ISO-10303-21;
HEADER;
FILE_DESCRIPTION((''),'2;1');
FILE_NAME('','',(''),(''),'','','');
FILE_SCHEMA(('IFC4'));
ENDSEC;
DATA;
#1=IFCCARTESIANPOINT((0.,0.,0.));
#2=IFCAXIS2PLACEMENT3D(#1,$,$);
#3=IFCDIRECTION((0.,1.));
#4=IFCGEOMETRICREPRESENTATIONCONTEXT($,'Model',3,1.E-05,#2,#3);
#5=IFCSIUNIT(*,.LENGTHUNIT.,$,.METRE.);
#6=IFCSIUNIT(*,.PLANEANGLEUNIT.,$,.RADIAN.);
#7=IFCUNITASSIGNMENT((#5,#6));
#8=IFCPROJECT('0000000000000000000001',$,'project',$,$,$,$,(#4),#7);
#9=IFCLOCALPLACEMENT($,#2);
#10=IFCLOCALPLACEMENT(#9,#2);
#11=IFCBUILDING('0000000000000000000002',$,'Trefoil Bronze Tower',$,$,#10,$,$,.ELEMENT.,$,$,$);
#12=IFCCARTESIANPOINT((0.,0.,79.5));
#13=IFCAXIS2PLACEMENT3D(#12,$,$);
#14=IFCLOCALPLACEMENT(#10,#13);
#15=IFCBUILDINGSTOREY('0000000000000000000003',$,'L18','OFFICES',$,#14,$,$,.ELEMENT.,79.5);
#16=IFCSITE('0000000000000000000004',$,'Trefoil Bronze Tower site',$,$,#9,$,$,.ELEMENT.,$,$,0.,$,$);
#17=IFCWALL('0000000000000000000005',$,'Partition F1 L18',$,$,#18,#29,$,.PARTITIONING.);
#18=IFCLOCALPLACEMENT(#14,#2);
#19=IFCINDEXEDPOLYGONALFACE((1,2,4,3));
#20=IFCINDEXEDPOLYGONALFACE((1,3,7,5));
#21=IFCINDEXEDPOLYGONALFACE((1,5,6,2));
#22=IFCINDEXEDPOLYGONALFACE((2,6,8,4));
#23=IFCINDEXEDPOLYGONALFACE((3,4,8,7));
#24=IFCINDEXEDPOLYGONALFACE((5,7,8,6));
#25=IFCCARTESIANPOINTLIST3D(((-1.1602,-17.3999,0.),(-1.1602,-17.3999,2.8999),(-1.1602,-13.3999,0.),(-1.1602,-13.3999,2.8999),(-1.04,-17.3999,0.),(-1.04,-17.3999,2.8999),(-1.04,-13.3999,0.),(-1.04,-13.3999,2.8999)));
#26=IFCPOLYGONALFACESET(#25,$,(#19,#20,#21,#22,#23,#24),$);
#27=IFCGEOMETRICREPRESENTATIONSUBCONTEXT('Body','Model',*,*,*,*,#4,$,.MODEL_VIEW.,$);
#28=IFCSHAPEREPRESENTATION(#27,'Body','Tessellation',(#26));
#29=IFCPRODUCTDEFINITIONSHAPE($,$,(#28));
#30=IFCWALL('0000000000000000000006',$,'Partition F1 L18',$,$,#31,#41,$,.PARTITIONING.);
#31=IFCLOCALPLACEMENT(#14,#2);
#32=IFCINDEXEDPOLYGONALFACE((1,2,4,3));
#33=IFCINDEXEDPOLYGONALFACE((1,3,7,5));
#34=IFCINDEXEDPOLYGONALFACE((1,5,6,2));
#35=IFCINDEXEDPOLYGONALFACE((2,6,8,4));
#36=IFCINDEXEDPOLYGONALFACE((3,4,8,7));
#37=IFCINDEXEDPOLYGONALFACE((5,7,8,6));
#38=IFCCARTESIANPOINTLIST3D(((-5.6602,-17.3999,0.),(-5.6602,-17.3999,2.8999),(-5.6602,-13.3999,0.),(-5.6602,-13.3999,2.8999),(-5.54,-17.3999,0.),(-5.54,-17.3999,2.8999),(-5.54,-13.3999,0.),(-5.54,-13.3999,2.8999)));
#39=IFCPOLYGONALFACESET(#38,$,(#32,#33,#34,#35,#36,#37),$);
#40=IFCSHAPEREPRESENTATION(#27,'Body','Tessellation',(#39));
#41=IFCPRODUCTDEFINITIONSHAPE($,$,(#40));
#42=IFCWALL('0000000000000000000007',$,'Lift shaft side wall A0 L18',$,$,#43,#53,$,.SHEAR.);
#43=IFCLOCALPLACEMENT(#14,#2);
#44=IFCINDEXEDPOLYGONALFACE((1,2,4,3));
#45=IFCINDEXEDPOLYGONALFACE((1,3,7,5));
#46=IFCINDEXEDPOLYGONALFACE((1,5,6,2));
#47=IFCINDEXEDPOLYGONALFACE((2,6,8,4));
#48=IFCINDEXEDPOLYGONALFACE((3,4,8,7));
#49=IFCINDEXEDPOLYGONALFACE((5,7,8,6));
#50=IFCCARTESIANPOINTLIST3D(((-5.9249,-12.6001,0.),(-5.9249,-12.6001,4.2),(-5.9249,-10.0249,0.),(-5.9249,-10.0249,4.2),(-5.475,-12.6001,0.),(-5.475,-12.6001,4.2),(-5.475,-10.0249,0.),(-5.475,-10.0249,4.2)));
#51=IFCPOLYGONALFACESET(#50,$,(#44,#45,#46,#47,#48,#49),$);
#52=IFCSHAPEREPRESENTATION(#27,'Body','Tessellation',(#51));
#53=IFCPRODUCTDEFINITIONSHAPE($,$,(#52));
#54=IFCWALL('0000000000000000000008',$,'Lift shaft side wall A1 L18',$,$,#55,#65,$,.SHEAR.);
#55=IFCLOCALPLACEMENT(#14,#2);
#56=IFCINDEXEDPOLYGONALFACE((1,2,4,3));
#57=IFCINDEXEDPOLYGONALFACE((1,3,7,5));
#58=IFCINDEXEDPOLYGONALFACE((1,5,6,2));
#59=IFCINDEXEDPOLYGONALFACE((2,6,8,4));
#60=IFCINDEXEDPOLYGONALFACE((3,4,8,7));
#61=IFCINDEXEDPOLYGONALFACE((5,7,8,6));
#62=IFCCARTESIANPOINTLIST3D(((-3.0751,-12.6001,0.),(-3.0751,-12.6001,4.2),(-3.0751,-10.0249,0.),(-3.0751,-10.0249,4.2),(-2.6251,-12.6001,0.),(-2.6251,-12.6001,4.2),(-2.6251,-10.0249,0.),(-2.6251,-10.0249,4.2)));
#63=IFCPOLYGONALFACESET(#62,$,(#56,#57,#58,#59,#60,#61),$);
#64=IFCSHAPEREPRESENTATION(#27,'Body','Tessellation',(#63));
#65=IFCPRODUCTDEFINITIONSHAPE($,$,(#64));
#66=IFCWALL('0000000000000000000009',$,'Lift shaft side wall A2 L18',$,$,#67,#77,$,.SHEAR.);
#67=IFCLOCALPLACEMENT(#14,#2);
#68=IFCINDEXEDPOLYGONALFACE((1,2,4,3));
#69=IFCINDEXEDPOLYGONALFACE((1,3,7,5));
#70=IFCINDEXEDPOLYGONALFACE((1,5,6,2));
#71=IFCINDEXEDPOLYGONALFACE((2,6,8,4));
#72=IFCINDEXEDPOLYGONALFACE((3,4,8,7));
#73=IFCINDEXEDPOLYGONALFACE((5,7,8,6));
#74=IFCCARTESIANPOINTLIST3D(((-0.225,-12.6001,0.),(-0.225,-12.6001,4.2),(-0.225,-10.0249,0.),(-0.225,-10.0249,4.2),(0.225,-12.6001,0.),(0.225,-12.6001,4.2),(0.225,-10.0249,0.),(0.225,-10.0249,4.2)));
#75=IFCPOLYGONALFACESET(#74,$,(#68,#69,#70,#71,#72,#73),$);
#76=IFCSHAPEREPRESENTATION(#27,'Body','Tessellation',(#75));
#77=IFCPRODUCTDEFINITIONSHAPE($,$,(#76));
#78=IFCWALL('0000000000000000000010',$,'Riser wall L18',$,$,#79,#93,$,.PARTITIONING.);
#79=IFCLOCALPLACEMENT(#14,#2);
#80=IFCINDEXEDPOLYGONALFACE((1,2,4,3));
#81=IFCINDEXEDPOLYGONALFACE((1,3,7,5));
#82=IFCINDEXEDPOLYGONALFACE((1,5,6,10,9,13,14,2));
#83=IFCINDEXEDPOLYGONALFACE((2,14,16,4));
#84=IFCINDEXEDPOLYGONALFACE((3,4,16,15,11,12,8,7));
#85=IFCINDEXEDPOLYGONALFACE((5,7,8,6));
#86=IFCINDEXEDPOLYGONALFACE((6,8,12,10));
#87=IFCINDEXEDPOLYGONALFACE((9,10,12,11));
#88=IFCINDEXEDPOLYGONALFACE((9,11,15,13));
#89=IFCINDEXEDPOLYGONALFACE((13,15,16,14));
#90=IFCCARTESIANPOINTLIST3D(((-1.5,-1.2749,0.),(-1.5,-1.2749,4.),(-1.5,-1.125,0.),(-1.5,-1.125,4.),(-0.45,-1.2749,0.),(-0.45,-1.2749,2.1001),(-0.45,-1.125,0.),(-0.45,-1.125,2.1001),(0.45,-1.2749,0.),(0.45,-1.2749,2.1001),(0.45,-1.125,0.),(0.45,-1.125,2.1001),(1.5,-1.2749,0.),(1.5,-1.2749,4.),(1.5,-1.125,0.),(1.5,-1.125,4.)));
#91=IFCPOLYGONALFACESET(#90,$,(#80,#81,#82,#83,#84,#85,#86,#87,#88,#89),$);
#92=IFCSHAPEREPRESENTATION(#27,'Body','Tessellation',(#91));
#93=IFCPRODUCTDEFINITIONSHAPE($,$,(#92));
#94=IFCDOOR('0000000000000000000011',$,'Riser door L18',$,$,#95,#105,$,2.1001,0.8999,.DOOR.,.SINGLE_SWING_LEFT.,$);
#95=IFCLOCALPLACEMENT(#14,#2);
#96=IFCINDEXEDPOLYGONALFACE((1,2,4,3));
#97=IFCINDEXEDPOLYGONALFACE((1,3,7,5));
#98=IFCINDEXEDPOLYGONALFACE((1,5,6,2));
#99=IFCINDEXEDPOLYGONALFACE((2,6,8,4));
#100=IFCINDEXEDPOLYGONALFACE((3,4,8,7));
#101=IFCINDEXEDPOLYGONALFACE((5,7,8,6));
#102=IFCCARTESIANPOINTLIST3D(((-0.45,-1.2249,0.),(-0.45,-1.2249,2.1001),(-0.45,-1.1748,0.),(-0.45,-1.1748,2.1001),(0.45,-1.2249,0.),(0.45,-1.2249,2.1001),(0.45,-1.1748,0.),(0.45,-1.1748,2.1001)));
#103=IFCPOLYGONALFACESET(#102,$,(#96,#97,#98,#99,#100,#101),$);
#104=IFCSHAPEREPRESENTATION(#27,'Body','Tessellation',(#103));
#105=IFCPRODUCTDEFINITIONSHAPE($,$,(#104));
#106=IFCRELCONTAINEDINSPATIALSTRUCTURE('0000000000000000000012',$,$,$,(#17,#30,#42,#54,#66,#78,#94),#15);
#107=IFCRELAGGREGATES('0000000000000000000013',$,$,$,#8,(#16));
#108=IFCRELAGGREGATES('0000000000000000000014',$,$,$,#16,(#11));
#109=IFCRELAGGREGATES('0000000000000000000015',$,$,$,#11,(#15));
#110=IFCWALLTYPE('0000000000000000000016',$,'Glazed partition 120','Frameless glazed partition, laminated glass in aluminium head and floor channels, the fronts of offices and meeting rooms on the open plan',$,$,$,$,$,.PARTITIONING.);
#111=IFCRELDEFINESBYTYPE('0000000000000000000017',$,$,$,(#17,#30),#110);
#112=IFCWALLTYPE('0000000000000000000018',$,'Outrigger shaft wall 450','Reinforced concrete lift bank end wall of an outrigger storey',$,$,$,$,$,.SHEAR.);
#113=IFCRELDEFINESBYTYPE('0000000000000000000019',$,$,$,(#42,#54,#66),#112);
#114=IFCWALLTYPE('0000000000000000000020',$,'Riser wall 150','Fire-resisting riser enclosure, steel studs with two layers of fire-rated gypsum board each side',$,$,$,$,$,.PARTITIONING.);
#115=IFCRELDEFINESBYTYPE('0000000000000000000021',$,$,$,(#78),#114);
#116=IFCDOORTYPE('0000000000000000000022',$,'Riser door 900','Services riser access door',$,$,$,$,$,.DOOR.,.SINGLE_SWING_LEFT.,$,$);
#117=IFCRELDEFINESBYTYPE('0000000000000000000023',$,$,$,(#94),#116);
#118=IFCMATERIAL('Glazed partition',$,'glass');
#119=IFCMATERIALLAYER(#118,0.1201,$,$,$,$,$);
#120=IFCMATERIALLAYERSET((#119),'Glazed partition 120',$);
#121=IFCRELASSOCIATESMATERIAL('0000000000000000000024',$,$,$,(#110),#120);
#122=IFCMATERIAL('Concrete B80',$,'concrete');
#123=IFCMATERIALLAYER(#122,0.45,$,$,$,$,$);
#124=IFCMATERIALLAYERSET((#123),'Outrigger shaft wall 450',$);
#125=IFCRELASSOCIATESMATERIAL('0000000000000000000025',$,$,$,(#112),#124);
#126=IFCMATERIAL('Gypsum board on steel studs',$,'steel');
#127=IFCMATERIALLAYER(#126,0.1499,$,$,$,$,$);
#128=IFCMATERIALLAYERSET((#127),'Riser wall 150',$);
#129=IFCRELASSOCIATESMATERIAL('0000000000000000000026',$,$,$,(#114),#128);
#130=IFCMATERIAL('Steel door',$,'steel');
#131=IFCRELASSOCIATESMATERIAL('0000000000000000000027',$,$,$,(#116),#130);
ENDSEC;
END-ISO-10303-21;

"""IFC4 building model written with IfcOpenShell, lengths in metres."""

from ifc_helpers import new_model, si_unit, direction, frame, frame_2d, origin, place, context, subcontext, project, spatial, rectangle, extrude, material, layer, layer_set, type_object, element, fill, save


model = new_model("IFC4")

# Units and contexts
model_context = context("Model", 3, precision=1e-05, world=origin(), true_north=direction((0.0, 1.0)))
body_context = subcontext(model_context, "Body", "Model", "MODEL_VIEW")
ifc_project = project(units=[si_unit("LENGTHUNIT", "METRE"), si_unit("PLANEANGLEUNIT", "RADIAN")], contexts=[model_context])

# Site, building, storey
site_placement = place(None, origin())
site = spatial("IfcSite", under=ifc_project, at=site_placement, Name="Trefoil Bronze Tower site", CompositionType="ELEMENT", RefElevation=0.0)
building_placement = place(site_placement, origin())
building = spatial("IfcBuilding", under=site, at=building_placement, Name="Trefoil Bronze Tower", CompositionType="ELEMENT")
storey_placement = place(building_placement, frame((0.0, 0.0, 79.5)))
storey = spatial("IfcBuildingStorey", under=building, at=storey_placement, Name="L18", Description="OFFICES", CompositionType="ELEMENT", Elevation=79.5)

# Walls
ifc_material_1 = material(Name="Glazed partition", Category="glass")
ifc_layer_1 = layer(ifc_material_1, 0.1201)
ifc_layer_set_1 = layer_set([ifc_layer_1], Name="Glazed partition 120")
wall_type_1 = type_object("IfcWallType", Name="Glazed partition 120", Description="Frameless glazed partition, laminated glass in aluminium head and floor channels, the fronts of offices and meeting rooms on the open plan", PredefinedType="PARTITIONING", material=ifc_layer_set_1)
for number, where, z_axis, x_axis, name in (
    (1, (-1.1001, -13.3999, 0.0), (0.0, 0.0, 1.0), (0.0, -1.0, 0.0), "Partition F1 L18"),
    (2, (-5.6001, -13.3999, 0.0), (0.0, 0.0, 1.0), (0.0, -1.0, 0.0), "Partition F1 L18"),
):
    element("IfcWall", number, at=place(storey_placement, frame(where, z_axis=z_axis, x_axis=x_axis)), inside=storey, type_object=wall_type_1, Name=name, PredefinedType="PARTITIONING", context=body_context, shape_type="SweptSolid", body=[
        extrude(rectangle(XDim=4.0, YDim=0.1201, at=frame_2d((2.0, 0.0))), origin(), (0.0, 0.0, 1.0), 2.8999),
    ])
ifc_material_2 = material(Name="Concrete B80", Category="concrete")
ifc_layer_2 = layer(ifc_material_2, 0.45)
ifc_layer_set_2 = layer_set([ifc_layer_2], Name="Outrigger shaft wall 450")
wall_type_2 = type_object("IfcWallType", Name="Outrigger shaft wall 450", Description="Reinforced concrete lift bank end wall of an outrigger storey", PredefinedType="SHEAR", material=ifc_layer_set_2)
for number, where, z_axis, x_axis, name in (
    (3, (-5.7, -10.0249, 0.0), (0.0, 0.0, 1.0), (0.0, -1.0, 0.0), "Lift shaft side wall A0 L18"),
    (4, (-2.8501, -10.0249, 0.0), (0.0, 0.0, 1.0), (0.0, -1.0, 0.0), "Lift shaft side wall A1 L18"),
    (5, (0.0, -10.0249, 0.0), (0.0, 0.0, 1.0), (0.0, -1.0, 0.0), "Lift shaft side wall A2 L18"),
):
    element("IfcWall", number, at=place(storey_placement, frame(where, z_axis=z_axis, x_axis=x_axis)), inside=storey, type_object=wall_type_2, Name=name, PredefinedType="SHEAR", context=body_context, shape_type="SweptSolid", body=[
        extrude(rectangle(XDim=2.5752, YDim=0.45, at=frame_2d((1.2876, 0.0))), origin(), (0.0, 0.0, 1.0), 4.2),
    ])

# Wall, opening, door
ifc_material_3 = material(Name="Gypsum board on steel studs", Category="steel")
ifc_layer_3 = layer(ifc_material_3, 0.1499)
ifc_layer_set_3 = layer_set([ifc_layer_3], Name="Riser wall 150")
wall_type_3 = type_object("IfcWallType", Name="Riser wall 150", Description="Fire-resisting riser enclosure, steel studs with two layers of fire-rated gypsum board each side", PredefinedType="PARTITIONING", material=ifc_layer_set_3)
wall_1_placement = place(storey_placement, frame((-1.5, -1.2, 0.0), z_axis=(0.0, 0.0, 1.0), x_axis=(1.0, 0.0, 0.0)))
wall_1 = element("IfcWall", 6, at=wall_1_placement, inside=storey, type_object=wall_type_3, Name="Riser wall L18", PredefinedType="PARTITIONING", context=body_context, shape_type="SweptSolid", body=[
    extrude(rectangle(XDim=3.0, YDim=0.1499, at=frame_2d((1.5, 0.0))), origin(), (0.0, 0.0, 1.0), 4.0),
])
opening_1_placement = place(wall_1_placement, frame((1.05, 0.0, 0.0)))
opening_1 = element("IfcOpeningElement", 7, at=opening_1_placement, cuts=wall_1, PredefinedType="OPENING", context=body_context, shape_type="SweptSolid", body=[
    extrude(rectangle(XDim=0.8999, YDim=2.1001, at=frame_2d((0.45, 1.05))), frame((0.0, 0.085, 0.0), z_axis=(0.0, -1.0, 0.0), x_axis=(1.0, 0.0, 0.0)), (0.0, 0.0, 1.0), 0.1699),
])
ifc_material_4 = material(Name="Steel door", Category="steel")
door_type_1 = type_object("IfcDoorType", Name="Riser door 900", Description="Services riser access door", OperationType="SINGLE_SWING_LEFT", PredefinedType="DOOR", material=ifc_material_4)
door_1_placement = place(opening_1_placement, frame((0.8999, 0.0, 0.0), z_axis=(0.0, 0.0, 1.0), x_axis=(-1.0, 0.0, 0.0)))
door_1 = element("IfcDoor", 8, at=door_1_placement, inside=storey, type_object=door_type_1, Name="Riser door L18", OperationType="SINGLE_SWING_LEFT", OverallHeight=2.1001, OverallWidth=0.8999, PredefinedType="DOOR", context=body_context, shape_type="SweptSolid", body=[
    extrude(rectangle(XDim=0.8999, YDim=2.1001, at=frame_2d((0.45, 1.05))), frame((0.0, 0.0249, 0.0), z_axis=(0.0, -1.0, 0.0), x_axis=(1.0, 0.0, 0.0)), (0.0, 0.0, 1.0), 0.05),
])
fill(opening_1, door_1)

save(model, "model.ifc")
